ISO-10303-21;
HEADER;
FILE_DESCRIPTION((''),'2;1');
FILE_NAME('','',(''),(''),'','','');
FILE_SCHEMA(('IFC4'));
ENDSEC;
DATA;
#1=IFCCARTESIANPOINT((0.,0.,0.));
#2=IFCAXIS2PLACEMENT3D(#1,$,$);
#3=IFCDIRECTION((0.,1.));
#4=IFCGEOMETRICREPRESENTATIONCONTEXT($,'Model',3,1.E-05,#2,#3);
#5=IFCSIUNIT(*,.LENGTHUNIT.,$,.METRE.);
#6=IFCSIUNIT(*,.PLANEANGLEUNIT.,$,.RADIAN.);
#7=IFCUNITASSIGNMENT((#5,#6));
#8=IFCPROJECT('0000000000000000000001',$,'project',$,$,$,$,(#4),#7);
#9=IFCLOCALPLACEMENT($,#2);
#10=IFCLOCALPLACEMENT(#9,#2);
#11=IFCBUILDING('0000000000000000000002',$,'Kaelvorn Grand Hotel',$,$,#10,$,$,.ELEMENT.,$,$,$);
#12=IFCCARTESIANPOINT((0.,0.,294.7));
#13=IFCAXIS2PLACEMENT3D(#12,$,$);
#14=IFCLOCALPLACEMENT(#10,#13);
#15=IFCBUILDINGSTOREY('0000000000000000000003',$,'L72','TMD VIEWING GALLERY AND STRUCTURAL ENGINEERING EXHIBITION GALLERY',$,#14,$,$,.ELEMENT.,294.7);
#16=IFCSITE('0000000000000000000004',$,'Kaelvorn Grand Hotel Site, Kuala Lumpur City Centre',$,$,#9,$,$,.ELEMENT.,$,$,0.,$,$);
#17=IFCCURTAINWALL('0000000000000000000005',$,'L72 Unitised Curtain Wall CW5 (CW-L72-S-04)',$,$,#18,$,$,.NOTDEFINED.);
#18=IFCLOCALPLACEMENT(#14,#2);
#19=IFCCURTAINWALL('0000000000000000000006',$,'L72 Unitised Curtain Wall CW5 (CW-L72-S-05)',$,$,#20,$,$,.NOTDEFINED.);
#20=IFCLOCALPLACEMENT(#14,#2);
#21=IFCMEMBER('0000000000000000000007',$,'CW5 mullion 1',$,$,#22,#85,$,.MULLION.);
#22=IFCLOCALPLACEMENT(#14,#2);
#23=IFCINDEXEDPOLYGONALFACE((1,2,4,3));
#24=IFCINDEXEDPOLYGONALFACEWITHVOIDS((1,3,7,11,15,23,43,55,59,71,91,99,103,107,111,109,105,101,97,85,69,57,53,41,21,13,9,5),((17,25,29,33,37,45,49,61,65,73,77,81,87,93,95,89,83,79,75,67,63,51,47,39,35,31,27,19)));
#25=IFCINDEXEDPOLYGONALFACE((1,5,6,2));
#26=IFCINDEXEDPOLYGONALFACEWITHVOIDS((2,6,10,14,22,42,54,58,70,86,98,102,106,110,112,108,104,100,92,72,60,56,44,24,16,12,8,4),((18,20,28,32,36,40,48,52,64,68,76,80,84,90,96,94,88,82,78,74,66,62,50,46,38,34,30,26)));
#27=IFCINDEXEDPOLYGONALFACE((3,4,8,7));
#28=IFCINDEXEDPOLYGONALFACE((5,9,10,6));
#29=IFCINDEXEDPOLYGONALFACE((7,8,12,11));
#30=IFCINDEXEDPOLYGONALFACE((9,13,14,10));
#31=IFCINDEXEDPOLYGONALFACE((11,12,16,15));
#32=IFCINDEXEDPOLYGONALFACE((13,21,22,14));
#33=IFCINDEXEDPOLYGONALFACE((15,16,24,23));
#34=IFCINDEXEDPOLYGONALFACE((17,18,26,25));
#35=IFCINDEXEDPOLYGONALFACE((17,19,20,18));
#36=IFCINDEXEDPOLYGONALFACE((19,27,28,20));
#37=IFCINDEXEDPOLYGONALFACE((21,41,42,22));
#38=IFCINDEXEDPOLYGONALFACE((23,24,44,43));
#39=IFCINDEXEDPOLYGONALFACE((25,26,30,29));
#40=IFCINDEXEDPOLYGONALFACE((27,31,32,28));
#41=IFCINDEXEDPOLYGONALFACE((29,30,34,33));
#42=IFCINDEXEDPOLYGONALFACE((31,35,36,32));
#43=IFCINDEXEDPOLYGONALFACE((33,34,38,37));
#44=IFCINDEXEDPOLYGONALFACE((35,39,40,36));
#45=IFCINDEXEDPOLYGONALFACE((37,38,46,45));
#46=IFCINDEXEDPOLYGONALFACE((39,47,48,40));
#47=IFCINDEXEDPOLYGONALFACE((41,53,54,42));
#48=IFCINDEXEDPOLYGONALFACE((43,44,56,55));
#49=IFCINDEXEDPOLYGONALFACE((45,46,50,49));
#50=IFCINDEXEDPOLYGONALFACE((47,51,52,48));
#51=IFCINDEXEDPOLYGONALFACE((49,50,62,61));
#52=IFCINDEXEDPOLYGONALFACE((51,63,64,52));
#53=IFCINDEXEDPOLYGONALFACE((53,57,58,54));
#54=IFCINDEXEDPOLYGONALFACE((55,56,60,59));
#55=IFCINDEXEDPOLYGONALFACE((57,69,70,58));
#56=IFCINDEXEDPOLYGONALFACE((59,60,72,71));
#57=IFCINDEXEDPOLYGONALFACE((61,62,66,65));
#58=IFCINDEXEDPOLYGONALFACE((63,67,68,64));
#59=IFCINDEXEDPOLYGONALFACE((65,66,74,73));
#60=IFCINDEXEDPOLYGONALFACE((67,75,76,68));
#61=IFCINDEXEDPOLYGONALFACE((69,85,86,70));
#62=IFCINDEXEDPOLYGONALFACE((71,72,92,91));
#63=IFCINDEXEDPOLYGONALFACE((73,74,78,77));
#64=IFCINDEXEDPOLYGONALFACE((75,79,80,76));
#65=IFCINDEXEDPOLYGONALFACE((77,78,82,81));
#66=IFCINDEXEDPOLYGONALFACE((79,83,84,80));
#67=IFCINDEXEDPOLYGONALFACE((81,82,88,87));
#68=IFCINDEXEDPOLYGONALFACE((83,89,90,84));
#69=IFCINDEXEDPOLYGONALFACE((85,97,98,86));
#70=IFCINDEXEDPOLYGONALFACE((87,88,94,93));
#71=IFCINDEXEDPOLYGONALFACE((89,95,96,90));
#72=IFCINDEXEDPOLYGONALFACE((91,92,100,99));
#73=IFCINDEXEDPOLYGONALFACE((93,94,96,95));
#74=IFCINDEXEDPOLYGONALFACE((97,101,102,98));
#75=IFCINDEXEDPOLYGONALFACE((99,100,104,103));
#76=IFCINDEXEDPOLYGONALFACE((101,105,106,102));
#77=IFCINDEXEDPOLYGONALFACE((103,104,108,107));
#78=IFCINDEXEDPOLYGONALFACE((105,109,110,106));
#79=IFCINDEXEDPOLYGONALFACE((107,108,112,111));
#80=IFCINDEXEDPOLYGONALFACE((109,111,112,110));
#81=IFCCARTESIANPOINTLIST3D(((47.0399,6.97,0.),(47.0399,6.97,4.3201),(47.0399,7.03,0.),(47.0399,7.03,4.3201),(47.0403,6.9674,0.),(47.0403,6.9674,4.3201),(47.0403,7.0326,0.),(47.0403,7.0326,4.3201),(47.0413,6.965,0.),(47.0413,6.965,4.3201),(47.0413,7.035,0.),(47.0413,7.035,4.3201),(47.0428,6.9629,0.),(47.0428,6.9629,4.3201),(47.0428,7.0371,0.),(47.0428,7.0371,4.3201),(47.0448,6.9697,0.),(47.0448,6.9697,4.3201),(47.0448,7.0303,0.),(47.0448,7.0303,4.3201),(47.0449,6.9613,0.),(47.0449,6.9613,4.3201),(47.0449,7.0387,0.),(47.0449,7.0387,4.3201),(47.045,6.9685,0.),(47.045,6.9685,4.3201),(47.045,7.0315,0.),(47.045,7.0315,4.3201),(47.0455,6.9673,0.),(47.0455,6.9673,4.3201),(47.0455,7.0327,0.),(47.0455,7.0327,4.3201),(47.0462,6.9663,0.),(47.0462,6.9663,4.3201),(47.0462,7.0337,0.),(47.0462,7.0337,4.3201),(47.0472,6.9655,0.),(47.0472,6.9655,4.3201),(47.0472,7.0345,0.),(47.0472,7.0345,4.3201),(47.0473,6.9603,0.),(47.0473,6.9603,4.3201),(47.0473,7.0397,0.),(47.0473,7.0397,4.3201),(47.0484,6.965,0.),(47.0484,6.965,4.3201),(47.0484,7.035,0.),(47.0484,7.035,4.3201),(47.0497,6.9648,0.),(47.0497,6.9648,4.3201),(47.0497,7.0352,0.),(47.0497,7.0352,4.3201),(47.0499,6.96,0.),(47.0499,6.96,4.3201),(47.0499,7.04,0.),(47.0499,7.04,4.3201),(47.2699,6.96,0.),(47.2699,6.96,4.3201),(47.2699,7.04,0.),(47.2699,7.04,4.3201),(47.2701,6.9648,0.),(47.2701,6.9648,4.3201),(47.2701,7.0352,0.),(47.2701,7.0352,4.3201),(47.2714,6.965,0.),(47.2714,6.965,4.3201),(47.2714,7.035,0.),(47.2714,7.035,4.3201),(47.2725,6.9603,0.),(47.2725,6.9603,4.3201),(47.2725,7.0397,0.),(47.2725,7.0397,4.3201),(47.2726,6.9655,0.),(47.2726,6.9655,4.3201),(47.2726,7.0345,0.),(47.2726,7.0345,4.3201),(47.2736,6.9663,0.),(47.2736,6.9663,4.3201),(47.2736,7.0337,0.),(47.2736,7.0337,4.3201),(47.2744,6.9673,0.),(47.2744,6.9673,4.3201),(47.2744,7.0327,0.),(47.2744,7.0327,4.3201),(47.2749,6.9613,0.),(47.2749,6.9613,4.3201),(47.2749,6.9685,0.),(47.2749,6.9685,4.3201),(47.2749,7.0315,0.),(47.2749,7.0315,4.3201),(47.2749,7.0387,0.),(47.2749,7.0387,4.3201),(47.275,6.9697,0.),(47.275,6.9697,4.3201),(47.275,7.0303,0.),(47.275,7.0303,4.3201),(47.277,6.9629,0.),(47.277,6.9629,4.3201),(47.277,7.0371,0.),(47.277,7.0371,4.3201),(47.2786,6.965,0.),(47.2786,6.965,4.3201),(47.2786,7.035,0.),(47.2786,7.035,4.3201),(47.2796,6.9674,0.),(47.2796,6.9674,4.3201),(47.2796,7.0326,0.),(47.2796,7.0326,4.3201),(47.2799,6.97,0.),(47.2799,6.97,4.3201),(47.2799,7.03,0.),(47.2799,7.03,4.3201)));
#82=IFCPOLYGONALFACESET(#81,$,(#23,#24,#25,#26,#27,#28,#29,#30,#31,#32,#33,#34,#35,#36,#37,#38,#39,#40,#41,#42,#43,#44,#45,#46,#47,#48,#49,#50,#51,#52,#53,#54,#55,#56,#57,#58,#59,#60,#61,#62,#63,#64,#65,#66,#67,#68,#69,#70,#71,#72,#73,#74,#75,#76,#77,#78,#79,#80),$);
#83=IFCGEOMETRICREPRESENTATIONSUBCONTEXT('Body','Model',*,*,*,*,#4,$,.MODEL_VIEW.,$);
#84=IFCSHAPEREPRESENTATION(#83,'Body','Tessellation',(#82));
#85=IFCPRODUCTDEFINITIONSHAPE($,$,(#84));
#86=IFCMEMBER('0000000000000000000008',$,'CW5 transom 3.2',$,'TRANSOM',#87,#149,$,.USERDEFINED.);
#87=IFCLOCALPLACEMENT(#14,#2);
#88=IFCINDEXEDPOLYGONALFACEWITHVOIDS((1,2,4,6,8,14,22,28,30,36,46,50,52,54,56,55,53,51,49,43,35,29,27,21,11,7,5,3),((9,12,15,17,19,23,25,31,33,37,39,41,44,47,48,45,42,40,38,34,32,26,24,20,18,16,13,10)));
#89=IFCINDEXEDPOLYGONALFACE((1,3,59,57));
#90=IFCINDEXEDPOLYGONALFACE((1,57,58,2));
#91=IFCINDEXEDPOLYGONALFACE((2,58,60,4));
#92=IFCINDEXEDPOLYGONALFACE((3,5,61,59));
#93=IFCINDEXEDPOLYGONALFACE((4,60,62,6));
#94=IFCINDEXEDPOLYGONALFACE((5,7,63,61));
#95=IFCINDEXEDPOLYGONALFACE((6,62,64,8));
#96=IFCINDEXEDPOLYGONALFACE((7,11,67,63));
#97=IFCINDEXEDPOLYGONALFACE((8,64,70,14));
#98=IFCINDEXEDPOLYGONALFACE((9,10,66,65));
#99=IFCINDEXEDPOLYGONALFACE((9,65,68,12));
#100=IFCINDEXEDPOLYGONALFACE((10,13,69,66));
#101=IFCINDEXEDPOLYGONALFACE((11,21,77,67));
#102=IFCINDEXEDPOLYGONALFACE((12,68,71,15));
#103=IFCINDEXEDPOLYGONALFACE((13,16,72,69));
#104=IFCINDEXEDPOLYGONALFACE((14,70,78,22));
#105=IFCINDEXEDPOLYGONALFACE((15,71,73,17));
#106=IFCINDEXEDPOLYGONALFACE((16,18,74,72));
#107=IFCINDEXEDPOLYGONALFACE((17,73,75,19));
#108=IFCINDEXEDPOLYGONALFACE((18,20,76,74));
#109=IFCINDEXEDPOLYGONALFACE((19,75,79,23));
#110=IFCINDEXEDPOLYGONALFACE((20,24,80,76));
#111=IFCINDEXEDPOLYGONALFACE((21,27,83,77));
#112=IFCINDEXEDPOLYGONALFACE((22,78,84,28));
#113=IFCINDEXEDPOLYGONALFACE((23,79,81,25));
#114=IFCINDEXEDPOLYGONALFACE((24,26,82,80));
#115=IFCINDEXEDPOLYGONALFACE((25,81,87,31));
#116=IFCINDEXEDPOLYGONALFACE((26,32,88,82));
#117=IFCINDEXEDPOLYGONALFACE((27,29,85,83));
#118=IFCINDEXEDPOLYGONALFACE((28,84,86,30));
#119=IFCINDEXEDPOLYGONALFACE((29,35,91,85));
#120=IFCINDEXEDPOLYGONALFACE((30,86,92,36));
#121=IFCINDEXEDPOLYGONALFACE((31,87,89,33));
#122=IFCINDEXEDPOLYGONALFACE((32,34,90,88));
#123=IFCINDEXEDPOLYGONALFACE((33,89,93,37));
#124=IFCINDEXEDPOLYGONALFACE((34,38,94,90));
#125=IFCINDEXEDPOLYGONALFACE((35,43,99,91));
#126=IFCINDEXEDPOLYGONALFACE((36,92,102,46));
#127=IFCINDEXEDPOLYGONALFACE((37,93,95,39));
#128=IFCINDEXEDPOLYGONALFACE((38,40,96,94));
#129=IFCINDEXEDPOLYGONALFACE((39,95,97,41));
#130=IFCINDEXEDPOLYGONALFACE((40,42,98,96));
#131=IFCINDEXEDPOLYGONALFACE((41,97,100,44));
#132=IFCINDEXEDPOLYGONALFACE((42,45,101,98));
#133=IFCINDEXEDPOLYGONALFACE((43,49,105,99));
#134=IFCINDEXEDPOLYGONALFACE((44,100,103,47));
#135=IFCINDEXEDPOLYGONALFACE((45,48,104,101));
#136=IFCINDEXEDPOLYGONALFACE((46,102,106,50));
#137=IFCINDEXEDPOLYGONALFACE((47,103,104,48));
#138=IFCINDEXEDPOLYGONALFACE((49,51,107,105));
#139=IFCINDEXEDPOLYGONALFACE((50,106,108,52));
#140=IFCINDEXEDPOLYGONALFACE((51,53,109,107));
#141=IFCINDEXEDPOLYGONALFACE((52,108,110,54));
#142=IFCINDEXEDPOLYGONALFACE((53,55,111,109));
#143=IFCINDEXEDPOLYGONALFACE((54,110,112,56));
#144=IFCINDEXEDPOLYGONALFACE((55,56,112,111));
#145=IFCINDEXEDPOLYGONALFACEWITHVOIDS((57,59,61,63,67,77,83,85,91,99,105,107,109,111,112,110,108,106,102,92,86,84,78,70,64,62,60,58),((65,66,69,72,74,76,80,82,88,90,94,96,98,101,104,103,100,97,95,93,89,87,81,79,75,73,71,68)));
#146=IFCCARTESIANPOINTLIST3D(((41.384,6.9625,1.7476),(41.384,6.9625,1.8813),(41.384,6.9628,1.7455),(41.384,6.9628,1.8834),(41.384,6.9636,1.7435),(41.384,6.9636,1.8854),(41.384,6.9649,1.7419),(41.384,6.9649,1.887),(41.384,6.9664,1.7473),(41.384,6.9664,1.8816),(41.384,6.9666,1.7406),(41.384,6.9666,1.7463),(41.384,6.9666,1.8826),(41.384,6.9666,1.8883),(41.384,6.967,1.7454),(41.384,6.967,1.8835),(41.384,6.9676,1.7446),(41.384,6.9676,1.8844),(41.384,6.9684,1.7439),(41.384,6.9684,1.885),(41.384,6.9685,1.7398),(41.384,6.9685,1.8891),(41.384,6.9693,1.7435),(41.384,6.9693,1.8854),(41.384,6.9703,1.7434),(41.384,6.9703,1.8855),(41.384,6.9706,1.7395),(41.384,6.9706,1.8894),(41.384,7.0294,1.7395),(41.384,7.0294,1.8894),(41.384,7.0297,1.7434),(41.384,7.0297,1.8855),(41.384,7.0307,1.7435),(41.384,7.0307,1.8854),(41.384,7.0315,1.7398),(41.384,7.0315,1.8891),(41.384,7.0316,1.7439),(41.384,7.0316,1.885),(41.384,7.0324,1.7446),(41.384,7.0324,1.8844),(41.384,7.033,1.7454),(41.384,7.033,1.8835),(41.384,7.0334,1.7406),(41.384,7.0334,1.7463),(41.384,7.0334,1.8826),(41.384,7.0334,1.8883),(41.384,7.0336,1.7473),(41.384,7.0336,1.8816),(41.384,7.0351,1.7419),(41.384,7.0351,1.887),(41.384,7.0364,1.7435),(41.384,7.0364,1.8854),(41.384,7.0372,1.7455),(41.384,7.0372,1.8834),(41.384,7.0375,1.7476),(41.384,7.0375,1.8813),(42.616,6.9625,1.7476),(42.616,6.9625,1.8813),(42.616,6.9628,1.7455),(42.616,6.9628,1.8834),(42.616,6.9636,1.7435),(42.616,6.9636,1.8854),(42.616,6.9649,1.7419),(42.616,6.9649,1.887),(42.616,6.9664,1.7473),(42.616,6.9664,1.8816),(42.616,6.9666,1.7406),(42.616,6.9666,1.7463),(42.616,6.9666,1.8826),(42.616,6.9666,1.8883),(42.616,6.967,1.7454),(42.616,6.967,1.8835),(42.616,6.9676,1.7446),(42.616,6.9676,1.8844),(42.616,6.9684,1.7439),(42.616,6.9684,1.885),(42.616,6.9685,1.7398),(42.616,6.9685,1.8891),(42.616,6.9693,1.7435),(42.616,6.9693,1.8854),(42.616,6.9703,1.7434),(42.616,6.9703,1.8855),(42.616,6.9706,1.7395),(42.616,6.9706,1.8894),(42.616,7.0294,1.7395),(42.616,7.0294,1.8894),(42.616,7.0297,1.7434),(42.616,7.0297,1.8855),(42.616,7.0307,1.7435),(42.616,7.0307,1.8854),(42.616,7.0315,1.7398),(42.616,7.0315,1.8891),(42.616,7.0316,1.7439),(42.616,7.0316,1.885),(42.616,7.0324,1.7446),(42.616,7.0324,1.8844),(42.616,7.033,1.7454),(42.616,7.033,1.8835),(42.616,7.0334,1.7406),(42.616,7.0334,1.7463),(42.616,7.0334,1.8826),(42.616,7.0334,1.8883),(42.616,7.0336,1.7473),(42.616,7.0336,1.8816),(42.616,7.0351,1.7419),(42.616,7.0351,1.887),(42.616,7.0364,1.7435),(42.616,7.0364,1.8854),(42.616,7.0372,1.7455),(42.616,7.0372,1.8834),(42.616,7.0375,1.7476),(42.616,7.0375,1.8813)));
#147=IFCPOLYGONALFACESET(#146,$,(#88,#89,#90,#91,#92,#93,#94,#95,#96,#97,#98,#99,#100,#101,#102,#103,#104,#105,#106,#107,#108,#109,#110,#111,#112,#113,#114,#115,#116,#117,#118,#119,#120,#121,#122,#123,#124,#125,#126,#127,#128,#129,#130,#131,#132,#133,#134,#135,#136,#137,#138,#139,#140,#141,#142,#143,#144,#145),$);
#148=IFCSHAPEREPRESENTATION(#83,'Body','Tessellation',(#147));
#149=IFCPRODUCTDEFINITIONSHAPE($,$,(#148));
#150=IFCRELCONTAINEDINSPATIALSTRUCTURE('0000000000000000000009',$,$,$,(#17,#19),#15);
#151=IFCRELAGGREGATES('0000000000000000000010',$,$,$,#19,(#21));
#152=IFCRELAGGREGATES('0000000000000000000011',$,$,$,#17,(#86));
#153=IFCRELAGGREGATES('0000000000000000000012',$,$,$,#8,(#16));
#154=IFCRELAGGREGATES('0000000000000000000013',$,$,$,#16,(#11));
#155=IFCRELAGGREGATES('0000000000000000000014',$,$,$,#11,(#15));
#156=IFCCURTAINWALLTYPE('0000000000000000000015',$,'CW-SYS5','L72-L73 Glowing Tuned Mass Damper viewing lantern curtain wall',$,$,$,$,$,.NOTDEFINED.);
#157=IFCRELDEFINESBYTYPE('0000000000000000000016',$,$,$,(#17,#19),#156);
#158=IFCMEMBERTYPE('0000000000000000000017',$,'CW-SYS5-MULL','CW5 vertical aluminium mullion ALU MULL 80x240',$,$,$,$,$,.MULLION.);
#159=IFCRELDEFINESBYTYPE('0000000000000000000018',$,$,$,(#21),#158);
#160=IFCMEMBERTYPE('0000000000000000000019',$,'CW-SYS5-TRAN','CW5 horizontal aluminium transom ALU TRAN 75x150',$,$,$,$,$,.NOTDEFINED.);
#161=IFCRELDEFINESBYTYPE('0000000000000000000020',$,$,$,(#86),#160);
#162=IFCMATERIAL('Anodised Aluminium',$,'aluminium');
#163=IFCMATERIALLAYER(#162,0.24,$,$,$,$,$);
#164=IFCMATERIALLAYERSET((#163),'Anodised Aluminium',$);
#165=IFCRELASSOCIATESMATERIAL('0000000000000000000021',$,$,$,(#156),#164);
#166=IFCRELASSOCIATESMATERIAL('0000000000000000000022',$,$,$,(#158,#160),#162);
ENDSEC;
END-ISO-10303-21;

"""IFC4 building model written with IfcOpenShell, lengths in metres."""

from ifc_helpers import new_model, si_unit, direction, frame, origin, origin_2d, place, context, subcontext, project, spatial, hollow_rectangle, extrude, material, layer, layer_set, material_profile, profile_set, type_object, element, aggregate, save


model = new_model("IFC4")

# Units and contexts
model_context = context("Model", 3, precision=1e-05, world=origin(), true_north=direction((0.0, 1.0)))
body_context = subcontext(model_context, "Body", "Model", "MODEL_VIEW")
ifc_project = project(units=[si_unit("LENGTHUNIT", "METRE"), si_unit("PLANEANGLEUNIT", "RADIAN")], contexts=[model_context])

# Site, building, storey
site_placement = place(None, origin())
site = spatial("IfcSite", under=ifc_project, at=site_placement, Name="Kaelvorn Grand Hotel Site, Kuala Lumpur City Centre", CompositionType="ELEMENT", RefElevation=0.0)
building_placement = place(site_placement, origin())
building = spatial("IfcBuilding", under=site, at=building_placement, Name="Kaelvorn Grand Hotel", CompositionType="ELEMENT")
storey_placement = place(building_placement, frame((0.0, 0.0, 294.7)))
storey = spatial("IfcBuildingStorey", under=building, at=storey_placement, Name="L72", Description="TMD VIEWING GALLERY AND STRUCTURAL ENGINEERING EXHIBITION GALLERY", CompositionType="ELEMENT", Elevation=294.7)

# Curtain wall
ifc_material_1 = material(Name="Anodised Aluminium", Category="aluminium")
ifc_layer_1 = layer(ifc_material_1, 0.24)
ifc_layer_set_1 = layer_set([ifc_layer_1], Name="Anodised Aluminium")
curtain_wall_type = type_object("IfcCurtainWallType", Name="CW-SYS5", Description="L72-L73 Glowing Tuned Mass Damper viewing lantern curtain wall", PredefinedType="NOTDEFINED", material=ifc_layer_set_1)
curtain_wall_1_placement = place(storey_placement, origin())
curtain_wall_1 = element("IfcCurtainWall", 1, at=curtain_wall_1_placement, inside=storey, type_object=curtain_wall_type, Name="L72 Unitised Curtain Wall CW5 (CW-L72-S-04)", PredefinedType="NOTDEFINED")
ifc_material_profile_1 = material_profile(ifc_material_1, hollow_rectangle(XDim=0.0801, YDim=0.24, WallThickness=0.0049, InnerFilletRadius=0.0049, OuterFilletRadius=0.01, at=origin_2d()), Name="ALU MULL 80x240")
ifc_profile_set_1 = profile_set([ifc_material_profile_1], Name="Anodised Aluminium")
member_type_1 = type_object("IfcMemberType", Name="CW-SYS5-MULL", Description="CW5 vertical aluminium mullion ALU MULL 80x240", PredefinedType="MULLION", material=ifc_profile_set_1)

# Curtain wall, member
curtain_wall_2_placement = place(storey_placement, origin())
curtain_wall_2 = element("IfcCurtainWall", 2, at=curtain_wall_2_placement, inside=storey, type_object=curtain_wall_type, Name="L72 Unitised Curtain Wall CW5 (CW-L72-S-05)", PredefinedType="NOTDEFINED")
member_1_placement = place(storey_placement, frame((47.1599, 7.0, 0.0), z_axis=(0.0, 0.0, 1.0), x_axis=(0.0, 1.0, 0.0)))
member_1 = element("IfcMember", 3, at=member_1_placement, type_object=member_type_1, Name="CW5 mullion 1", PredefinedType="MULLION", context=body_context, shape_type="SweptSolid", body=[
    extrude(hollow_rectangle(XDim=0.0801, YDim=0.24, WallThickness=0.0049, InnerFilletRadius=0.0049, OuterFilletRadius=0.01, at=origin_2d()), origin(), (0.0, 0.0, 1.0), 4.3201),
])

# Member
ifc_material_profile_2 = material_profile(ifc_material_1, hollow_rectangle(XDim=0.075, YDim=0.1499, WallThickness=0.0039, InnerFilletRadius=0.0039, OuterFilletRadius=0.0081, at=origin_2d()), Name="ALU TRAN 75x150")
ifc_profile_set_2 = profile_set([ifc_material_profile_2], Name="Anodised Aluminium")
member_type_2 = type_object("IfcMemberType", Name="CW-SYS5-TRAN", Description="CW5 horizontal aluminium transom ALU TRAN 75x150", PredefinedType="NOTDEFINED", material=ifc_profile_set_2)
member_2_placement = place(storey_placement, frame((41.384, 7.0, 1.8145), z_axis=(1.0, 0.0, 0.0), x_axis=(0.0, 1.0, 0.0)))
member_2 = element("IfcMember", 4, at=member_2_placement, type_object=member_type_2, Name="CW5 transom 3.2", ObjectType="TRANSOM", PredefinedType="USERDEFINED", context=body_context, shape_type="SweptSolid", body=[
    extrude(hollow_rectangle(XDim=0.075, YDim=0.1499, WallThickness=0.0039, InnerFilletRadius=0.0039, OuterFilletRadius=0.0081, at=origin_2d()), origin(), (0.0, 0.0, 1.0), 1.2319),
])
aggregate(curtain_wall_2, [member_1])

aggregate(curtain_wall_1, [member_2])

save(model, "model.ifc")
